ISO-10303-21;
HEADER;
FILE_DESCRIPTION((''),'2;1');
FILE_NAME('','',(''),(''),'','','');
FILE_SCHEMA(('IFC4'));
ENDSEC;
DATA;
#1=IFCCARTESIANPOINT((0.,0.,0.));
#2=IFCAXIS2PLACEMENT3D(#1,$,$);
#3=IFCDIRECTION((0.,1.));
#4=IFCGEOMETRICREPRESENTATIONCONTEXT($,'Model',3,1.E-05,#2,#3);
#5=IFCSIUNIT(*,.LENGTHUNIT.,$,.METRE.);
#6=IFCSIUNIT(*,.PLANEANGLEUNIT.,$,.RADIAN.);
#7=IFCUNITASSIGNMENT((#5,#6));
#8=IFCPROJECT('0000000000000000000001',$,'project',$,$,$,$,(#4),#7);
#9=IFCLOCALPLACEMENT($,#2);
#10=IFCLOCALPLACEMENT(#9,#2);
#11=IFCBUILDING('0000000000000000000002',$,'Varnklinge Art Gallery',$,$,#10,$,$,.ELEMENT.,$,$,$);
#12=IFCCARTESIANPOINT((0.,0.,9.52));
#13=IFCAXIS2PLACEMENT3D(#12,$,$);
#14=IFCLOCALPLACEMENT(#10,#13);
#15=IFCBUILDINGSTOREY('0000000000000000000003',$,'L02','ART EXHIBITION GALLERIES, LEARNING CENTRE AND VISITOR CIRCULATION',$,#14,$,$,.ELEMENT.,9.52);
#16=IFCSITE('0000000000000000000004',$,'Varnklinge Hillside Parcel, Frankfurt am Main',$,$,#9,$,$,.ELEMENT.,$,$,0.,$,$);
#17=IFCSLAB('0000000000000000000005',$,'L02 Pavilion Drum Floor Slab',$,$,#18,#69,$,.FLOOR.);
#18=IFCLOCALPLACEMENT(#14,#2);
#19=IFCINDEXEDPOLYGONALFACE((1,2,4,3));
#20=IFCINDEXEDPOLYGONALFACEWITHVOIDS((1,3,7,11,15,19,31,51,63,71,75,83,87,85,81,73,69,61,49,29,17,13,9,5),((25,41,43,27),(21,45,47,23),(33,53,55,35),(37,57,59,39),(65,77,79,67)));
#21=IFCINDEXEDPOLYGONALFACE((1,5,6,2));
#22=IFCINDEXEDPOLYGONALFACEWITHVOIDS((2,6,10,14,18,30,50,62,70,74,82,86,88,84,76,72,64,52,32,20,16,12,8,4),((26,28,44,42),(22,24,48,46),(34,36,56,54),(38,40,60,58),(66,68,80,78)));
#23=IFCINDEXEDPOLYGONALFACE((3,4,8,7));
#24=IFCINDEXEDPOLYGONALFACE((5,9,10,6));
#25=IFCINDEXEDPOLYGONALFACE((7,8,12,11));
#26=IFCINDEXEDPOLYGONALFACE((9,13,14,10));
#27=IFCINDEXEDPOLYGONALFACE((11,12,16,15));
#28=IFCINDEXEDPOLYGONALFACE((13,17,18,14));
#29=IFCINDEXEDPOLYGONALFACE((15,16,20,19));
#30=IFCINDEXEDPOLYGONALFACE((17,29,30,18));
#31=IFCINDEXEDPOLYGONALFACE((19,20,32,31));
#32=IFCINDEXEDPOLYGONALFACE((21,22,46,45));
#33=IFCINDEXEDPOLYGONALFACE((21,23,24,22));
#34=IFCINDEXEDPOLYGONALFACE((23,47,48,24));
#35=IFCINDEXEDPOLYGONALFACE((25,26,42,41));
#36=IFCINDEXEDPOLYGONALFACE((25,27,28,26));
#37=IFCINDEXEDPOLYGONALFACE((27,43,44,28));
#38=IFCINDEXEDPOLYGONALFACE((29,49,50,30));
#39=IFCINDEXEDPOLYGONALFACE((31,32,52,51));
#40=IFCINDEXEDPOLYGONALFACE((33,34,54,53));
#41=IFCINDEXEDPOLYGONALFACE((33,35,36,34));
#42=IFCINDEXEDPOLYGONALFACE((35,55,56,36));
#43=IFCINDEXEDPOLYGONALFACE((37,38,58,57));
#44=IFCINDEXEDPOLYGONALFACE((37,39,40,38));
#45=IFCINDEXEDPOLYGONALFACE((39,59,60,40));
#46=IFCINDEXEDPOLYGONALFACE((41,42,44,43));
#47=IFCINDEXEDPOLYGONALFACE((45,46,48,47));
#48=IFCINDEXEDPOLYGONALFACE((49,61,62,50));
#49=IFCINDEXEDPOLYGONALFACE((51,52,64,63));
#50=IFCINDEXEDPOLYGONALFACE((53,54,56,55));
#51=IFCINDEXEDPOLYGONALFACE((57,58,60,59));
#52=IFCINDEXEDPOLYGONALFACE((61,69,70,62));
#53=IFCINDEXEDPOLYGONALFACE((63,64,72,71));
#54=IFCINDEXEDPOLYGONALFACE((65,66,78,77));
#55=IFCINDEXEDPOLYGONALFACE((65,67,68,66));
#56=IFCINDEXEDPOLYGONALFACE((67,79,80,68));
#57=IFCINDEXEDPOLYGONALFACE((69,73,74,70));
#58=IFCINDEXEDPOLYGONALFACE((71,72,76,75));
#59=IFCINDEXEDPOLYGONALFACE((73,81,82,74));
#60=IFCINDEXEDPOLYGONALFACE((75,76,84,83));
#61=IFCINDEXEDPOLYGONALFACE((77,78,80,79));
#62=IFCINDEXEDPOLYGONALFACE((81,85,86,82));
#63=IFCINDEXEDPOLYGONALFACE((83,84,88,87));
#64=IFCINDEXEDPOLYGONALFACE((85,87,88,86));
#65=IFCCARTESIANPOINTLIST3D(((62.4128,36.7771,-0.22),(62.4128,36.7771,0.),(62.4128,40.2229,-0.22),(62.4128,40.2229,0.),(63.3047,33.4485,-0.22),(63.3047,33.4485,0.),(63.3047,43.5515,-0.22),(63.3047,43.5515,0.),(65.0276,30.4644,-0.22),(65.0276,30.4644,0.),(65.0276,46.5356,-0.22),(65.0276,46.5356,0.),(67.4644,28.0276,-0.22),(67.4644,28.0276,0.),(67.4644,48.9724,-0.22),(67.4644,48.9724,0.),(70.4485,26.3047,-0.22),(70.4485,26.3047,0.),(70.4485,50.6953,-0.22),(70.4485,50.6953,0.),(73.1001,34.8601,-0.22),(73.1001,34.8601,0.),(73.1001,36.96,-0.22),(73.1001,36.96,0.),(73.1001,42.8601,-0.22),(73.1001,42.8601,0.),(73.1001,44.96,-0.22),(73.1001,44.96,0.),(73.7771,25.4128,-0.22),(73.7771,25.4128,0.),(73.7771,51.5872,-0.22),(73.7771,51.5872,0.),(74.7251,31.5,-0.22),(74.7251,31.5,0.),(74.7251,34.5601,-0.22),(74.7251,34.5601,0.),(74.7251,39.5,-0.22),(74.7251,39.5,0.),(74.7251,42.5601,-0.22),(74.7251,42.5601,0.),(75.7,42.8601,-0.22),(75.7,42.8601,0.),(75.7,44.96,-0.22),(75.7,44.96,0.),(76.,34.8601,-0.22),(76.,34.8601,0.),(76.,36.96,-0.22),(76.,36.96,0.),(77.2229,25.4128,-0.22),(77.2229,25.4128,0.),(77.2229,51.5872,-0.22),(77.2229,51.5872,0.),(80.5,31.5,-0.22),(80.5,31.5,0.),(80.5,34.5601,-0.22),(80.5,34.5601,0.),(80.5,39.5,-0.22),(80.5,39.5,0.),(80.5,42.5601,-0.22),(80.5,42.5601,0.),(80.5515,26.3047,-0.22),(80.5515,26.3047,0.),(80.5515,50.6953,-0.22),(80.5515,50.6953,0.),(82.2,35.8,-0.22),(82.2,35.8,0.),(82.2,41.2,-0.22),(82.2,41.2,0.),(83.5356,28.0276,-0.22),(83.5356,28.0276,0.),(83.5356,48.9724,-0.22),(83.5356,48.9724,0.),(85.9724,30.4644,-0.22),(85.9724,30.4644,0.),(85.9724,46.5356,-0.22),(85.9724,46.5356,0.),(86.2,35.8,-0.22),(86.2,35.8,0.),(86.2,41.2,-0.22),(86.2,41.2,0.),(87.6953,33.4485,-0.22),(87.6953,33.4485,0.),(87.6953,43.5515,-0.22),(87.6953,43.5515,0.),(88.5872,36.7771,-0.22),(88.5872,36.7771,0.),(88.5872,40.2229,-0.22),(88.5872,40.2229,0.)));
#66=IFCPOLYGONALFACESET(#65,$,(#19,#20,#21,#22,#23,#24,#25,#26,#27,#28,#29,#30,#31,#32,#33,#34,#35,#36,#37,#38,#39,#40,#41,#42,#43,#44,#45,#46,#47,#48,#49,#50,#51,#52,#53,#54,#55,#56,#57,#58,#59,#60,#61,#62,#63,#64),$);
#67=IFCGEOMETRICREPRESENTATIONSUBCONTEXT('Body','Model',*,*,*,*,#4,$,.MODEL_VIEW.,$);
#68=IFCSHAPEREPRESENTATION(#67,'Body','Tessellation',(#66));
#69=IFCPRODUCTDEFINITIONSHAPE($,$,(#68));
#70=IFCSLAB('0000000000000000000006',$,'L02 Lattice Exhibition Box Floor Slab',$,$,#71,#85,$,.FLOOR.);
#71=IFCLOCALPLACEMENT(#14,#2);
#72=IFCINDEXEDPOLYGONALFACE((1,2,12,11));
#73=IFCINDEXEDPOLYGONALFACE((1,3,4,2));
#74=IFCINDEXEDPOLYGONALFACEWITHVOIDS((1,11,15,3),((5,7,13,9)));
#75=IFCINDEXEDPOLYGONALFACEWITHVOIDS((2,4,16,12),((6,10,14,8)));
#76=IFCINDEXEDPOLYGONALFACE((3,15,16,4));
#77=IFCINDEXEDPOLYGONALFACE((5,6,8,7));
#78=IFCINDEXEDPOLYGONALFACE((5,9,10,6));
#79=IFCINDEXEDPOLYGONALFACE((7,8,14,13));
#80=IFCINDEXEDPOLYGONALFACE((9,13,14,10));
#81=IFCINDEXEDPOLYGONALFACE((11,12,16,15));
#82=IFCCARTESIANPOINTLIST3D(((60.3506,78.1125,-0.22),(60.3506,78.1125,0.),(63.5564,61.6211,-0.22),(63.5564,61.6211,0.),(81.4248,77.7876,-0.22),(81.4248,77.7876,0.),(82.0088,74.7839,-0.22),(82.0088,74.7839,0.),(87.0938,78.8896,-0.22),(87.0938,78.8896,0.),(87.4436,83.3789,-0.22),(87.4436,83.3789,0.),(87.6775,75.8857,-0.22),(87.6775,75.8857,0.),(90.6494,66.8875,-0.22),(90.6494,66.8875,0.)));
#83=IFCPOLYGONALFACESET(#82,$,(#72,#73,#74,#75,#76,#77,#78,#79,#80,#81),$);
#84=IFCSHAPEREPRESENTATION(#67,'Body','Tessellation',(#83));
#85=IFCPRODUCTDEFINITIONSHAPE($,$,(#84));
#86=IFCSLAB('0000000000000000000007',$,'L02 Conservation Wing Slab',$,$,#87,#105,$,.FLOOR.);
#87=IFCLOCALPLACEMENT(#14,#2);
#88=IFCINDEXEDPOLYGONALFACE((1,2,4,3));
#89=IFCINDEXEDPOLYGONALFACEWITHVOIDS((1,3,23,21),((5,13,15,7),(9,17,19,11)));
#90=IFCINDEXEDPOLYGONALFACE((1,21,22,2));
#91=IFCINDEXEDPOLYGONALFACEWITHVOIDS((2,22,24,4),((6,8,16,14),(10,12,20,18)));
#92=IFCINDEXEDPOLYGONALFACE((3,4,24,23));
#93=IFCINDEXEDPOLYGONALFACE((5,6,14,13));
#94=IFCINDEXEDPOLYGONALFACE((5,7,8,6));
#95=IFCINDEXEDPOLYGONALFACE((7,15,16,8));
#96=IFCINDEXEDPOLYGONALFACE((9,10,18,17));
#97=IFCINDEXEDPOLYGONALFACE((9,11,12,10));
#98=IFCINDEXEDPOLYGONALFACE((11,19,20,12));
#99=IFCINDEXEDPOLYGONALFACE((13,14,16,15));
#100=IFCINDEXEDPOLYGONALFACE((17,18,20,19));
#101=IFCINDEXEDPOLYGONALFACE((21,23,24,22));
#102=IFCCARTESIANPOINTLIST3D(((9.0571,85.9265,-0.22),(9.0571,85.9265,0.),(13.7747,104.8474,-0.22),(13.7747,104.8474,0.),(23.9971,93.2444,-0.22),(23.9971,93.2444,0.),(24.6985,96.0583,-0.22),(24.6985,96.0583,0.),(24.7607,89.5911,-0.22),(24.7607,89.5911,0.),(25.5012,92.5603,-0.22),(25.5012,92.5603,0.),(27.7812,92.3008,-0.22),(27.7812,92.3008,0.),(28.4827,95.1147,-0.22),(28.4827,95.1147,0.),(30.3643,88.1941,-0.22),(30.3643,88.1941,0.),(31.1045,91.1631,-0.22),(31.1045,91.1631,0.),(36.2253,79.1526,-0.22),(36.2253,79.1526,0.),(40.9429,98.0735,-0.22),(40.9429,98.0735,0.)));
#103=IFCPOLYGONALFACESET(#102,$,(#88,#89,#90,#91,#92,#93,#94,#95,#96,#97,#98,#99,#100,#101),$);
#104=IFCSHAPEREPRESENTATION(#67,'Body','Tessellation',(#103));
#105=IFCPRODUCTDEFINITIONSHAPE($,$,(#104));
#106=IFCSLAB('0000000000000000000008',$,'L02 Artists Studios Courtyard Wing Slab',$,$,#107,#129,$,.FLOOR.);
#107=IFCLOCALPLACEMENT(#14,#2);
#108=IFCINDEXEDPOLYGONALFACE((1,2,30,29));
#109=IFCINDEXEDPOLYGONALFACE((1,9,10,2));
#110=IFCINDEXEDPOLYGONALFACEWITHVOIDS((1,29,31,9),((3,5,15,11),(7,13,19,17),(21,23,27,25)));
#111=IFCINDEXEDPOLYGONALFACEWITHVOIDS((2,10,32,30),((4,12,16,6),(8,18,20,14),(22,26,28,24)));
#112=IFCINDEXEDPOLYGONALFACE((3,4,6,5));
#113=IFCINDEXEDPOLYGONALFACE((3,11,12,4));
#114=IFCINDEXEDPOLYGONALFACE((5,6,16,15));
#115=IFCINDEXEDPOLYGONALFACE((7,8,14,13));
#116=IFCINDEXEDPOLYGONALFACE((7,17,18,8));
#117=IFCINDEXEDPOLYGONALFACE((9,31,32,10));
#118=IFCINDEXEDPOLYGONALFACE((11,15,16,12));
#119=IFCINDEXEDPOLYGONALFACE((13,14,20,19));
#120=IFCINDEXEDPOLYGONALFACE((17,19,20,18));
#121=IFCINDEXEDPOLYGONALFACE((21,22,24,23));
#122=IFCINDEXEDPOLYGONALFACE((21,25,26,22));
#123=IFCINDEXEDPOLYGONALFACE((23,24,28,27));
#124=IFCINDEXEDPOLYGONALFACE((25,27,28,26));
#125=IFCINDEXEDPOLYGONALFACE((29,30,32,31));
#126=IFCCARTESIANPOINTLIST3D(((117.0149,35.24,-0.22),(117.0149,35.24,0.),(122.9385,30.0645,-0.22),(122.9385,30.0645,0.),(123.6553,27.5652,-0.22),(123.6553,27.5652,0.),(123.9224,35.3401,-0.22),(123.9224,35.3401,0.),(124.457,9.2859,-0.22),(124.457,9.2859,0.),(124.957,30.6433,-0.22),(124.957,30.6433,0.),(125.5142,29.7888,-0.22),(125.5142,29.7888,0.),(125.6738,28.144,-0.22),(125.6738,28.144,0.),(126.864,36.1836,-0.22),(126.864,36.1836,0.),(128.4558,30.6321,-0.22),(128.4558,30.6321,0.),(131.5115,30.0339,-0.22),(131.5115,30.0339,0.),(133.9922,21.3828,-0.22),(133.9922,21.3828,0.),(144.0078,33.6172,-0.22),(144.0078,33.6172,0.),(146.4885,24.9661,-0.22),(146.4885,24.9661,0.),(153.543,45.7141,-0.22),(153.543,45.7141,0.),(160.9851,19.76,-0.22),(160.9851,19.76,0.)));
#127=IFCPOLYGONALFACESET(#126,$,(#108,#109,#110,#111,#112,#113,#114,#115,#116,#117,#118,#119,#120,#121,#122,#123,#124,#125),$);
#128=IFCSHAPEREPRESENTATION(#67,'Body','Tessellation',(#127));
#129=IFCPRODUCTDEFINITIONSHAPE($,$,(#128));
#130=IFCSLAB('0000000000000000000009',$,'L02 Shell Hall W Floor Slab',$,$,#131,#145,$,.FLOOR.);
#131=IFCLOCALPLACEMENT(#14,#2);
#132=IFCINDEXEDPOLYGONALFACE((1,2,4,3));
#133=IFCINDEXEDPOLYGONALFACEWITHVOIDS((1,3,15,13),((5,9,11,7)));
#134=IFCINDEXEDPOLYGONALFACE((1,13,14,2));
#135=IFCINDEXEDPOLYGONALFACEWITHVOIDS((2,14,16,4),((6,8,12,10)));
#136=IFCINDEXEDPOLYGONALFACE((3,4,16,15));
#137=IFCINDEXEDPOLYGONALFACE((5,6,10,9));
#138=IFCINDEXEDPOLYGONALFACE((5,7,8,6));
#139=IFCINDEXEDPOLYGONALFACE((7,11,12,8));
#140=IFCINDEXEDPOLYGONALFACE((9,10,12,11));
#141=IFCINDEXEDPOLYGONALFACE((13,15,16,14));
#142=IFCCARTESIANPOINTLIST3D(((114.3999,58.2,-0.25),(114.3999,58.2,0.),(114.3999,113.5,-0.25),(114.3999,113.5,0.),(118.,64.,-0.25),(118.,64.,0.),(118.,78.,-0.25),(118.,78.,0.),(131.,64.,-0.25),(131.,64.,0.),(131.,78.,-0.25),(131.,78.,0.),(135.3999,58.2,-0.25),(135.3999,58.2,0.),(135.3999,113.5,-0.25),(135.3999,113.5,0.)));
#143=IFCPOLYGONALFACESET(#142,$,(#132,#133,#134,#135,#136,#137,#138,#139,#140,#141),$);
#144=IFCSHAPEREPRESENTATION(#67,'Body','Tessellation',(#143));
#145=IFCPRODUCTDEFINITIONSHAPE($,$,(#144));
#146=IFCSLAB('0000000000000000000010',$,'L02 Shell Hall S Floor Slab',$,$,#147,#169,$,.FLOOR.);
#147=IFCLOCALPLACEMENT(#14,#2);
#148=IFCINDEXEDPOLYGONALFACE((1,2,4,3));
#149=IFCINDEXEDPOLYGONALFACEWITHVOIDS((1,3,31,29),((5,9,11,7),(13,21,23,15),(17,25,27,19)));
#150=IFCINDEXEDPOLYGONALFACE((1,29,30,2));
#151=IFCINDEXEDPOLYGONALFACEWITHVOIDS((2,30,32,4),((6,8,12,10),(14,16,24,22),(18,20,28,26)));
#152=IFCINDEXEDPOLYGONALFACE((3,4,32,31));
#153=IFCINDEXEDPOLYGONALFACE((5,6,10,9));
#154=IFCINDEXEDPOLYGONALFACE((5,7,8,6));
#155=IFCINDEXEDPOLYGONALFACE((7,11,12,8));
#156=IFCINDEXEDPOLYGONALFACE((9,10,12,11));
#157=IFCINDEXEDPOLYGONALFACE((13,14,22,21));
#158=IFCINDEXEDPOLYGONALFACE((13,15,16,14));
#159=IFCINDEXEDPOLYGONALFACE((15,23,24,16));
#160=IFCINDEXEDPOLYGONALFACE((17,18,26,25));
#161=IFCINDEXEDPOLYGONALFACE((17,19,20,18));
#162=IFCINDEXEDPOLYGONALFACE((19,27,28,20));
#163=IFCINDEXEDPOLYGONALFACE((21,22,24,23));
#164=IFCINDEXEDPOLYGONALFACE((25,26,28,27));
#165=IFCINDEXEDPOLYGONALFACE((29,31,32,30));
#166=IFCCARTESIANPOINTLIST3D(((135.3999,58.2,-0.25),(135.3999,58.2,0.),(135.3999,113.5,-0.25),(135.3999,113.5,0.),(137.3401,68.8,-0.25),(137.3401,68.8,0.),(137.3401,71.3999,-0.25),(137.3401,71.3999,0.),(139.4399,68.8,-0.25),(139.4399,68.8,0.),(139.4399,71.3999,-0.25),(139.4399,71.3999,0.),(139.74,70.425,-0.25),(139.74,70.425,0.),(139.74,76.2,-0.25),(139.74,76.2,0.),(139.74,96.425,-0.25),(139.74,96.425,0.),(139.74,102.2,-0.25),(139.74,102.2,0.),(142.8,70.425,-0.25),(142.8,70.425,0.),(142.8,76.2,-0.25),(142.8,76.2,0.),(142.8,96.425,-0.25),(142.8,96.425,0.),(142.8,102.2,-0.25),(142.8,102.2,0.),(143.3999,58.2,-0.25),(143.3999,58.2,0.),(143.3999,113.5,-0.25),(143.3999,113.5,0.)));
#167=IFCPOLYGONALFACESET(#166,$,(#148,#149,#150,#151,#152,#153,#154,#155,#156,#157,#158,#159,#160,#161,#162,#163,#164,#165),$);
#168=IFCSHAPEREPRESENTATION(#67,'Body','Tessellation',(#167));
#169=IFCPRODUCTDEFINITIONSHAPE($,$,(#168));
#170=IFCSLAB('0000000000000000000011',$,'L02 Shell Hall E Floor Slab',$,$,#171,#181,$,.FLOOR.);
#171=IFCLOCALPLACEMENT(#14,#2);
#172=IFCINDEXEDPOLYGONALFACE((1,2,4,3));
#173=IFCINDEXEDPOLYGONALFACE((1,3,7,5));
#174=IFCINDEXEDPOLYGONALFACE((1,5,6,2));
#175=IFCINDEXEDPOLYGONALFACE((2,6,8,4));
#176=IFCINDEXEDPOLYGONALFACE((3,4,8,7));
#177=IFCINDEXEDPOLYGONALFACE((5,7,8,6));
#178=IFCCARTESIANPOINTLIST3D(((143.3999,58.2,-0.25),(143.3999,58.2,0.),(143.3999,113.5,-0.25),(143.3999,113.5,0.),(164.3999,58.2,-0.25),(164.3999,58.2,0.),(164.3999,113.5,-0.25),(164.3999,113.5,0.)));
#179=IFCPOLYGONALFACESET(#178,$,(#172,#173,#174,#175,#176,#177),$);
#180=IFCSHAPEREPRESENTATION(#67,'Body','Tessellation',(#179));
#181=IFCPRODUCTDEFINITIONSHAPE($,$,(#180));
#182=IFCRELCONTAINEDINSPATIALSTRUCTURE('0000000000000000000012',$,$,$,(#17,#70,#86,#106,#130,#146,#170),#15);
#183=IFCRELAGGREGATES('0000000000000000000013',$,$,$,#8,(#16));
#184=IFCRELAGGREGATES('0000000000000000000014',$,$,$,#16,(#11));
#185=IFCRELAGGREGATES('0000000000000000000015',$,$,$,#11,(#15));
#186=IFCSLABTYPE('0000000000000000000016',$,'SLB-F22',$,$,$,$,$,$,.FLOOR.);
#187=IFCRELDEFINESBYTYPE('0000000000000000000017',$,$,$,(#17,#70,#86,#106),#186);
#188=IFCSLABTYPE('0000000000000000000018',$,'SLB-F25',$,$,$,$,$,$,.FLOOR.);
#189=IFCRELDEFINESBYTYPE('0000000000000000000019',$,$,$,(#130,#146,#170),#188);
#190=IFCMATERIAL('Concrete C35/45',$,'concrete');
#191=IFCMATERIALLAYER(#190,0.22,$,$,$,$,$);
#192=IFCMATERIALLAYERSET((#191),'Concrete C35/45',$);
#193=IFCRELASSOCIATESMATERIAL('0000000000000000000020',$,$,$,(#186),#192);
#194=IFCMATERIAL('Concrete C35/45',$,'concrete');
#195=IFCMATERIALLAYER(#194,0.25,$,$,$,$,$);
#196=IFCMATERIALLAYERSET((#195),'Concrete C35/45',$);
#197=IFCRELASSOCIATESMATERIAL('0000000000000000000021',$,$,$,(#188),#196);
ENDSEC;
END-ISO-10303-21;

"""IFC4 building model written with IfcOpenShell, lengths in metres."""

from ifc_helpers import new_model, si_unit, direction, frame, origin, place, context, subcontext, project, spatial, polyline, outline, extrude, material, layer, layer_set, type_object, element, save


model = new_model("IFC4")

# Units and contexts
model_context = context("Model", 3, precision=1e-05, world=origin(), true_north=direction((0.0, 1.0)))
body_context = subcontext(model_context, "Body", "Model", "MODEL_VIEW")
ifc_project = project(units=[si_unit("LENGTHUNIT", "METRE"), si_unit("PLANEANGLEUNIT", "RADIAN")], contexts=[model_context])

# Site, building, storey
site_placement = place(None, origin())
site = spatial("IfcSite", under=ifc_project, at=site_placement, Name="Varnklinge Hillside Parcel, Frankfurt am Main", CompositionType="ELEMENT", RefElevation=0.0)
building_placement = place(site_placement, origin())
building = spatial("IfcBuilding", under=site, at=building_placement, Name="Varnklinge Art Gallery", CompositionType="ELEMENT")
storey_placement = place(building_placement, frame((0.0, 0.0, 9.52)))
storey = spatial("IfcBuildingStorey", under=building, at=storey_placement, Name="L02", Description="ART EXHIBITION GALLERIES, LEARNING CENTRE AND VISITOR CIRCULATION", CompositionType="ELEMENT", Elevation=9.52)

# Slabs
ifc_material_1 = material(Name="Concrete C35/45", Category="concrete")
ifc_layer_1 = layer(ifc_material_1, 0.22)
ifc_layer_set_1 = layer_set([ifc_layer_1], Name="Concrete C35/45")
slab_type_1 = type_object("IfcSlabType", Name="SLB-F22", PredefinedType="FLOOR", material=ifc_layer_set_1)
slab_1_placement = place(storey_placement, frame((0.0, 0.0, -0.22)))
element("IfcSlab", 1, at=slab_1_placement, inside=storey, type_object=slab_type_1, Name="L02 Pavilion Drum Floor Slab", PredefinedType="FLOOR", context=body_context, shape_type="SweptSolid", body=[
    extrude(outline(polyline([(83.5356, 28.0276), (85.9724, 30.4644), (87.6953, 33.4485), (88.5872, 36.7771), (88.5872, 40.2229), (87.6953, 43.5515), (85.9724, 46.5356), (83.5356, 48.9724), (80.5515, 50.6953), (77.2229, 51.5872), (73.7771, 51.5872), (70.4485, 50.6953), (67.4644, 48.9724), (65.0276, 46.5356), (63.3047, 43.5515), (62.4128, 40.2229), (62.4128, 36.7771), (63.3047, 33.4485), (65.0276, 30.4644), (67.4644, 28.0276), (70.4485, 26.3047), (73.7771, 25.4128), (77.2229, 25.4128), (80.5515, 26.3047), (83.5356, 28.0276)]), holes=[polyline([(80.5, 31.5), (74.7251, 31.5), (74.7251, 34.5601), (80.5, 34.5601), (80.5, 31.5)]), polyline([(73.1001, 34.8601), (73.1001, 36.96), (76.0, 36.96), (76.0, 34.8601), (73.1001, 34.8601)]), polyline([(82.2, 41.2), (86.2, 41.2), (86.2, 35.8), (82.2, 35.8), (82.2, 41.2)]), polyline([(80.5, 39.5), (74.7251, 39.5), (74.7251, 42.5601), (80.5, 42.5601), (80.5, 39.5)]), polyline([(73.1001, 42.8601), (73.1001, 44.96), (75.7, 44.96), (75.7, 42.8601), (73.1001, 42.8601)])]), origin(), (0.0, 0.0, 1.0), 0.22),
])
slab_2_placement = place(storey_placement, frame((0.0, 0.0, -0.22)))
element("IfcSlab", 2, at=slab_2_placement, inside=storey, type_object=slab_type_1, Name="L02 Lattice Exhibition Box Floor Slab", PredefinedType="FLOOR", context=body_context, shape_type="SweptSolid", body=[
    extrude(outline(polyline([(63.5564, 61.6211), (90.6494, 66.8875), (87.4436, 83.3789), (60.3506, 78.1125), (63.5564, 61.6211)]), holes=[polyline([(81.4248, 77.7876), (87.0938, 78.8896), (87.6775, 75.8857), (82.0088, 74.7839), (81.4248, 77.7876)])]), origin(), (0.0, 0.0, 1.0), 0.22),
])
slab_3_placement = place(storey_placement, frame((0.0, 0.0, -0.22)))
element("IfcSlab", 3, at=slab_3_placement, inside=storey, type_object=slab_type_1, Name="L02 Conservation Wing Slab", PredefinedType="FLOOR", context=body_context, shape_type="SweptSolid", body=[
    extrude(outline(polyline([(13.7747, 104.8474), (9.0571, 85.9265), (36.2253, 79.1526), (40.9429, 98.0735), (13.7747, 104.8474)]), holes=[polyline([(25.5012, 92.5603), (31.1045, 91.1631), (30.3643, 88.1941), (24.7607, 89.5911), (25.5012, 92.5603)]), polyline([(28.4827, 95.1147), (27.7812, 92.3008), (23.9971, 93.2444), (24.6985, 96.0583), (28.4827, 95.1147)])]), origin(), (0.0, 0.0, 1.0), 0.22),
])
slab_4_placement = place(storey_placement, frame((0.0, 0.0, -0.22)))
element("IfcSlab", 4, at=slab_4_placement, inside=storey, type_object=slab_type_1, Name="L02 Artists Studios Courtyard Wing Slab", PredefinedType="FLOOR", context=body_context, shape_type="SweptSolid", body=[
    extrude(outline(polyline([(153.543, 45.7141), (117.0149, 35.24), (124.457, 9.2859), (160.9851, 19.76), (153.543, 45.7141)]), holes=[polyline([(133.9922, 21.3828), (131.5115, 30.0339), (144.0078, 33.6172), (146.4885, 24.9661), (133.9922, 21.3828)]), polyline([(122.9385, 30.0645), (124.957, 30.6433), (125.6738, 28.144), (123.6553, 27.5652), (122.9385, 30.0645)]), polyline([(126.864, 36.1836), (128.4558, 30.6321), (125.5142, 29.7888), (123.9224, 35.3401), (126.864, 36.1836)])]), origin(), (0.0, 0.0, 1.0), 0.22),
])
ifc_material_2 = material(Name="Concrete C35/45", Category="concrete")
ifc_layer_2 = layer(ifc_material_2, 0.25)
ifc_layer_set_2 = layer_set([ifc_layer_2], Name="Concrete C35/45")
slab_type_2 = type_object("IfcSlabType", Name="SLB-F25", PredefinedType="FLOOR", material=ifc_layer_set_2)
slab_5_placement = place(storey_placement, frame((0.0, 0.0, -0.25)))
element("IfcSlab", 5, at=slab_5_placement, inside=storey, type_object=slab_type_2, Name="L02 Shell Hall W Floor Slab", PredefinedType="FLOOR", context=body_context, shape_type="SweptSolid", body=[
    extrude(outline(polyline([(114.3999, 58.2), (135.3999, 58.2), (135.3999, 113.5), (114.3999, 113.5), (114.3999, 58.2)]), holes=[polyline([(118.0, 78.0), (131.0, 78.0), (131.0, 64.0), (118.0, 64.0), (118.0, 78.0)])]), origin(), (0.0, 0.0, 1.0), 0.25),
])
slab_6_placement = place(storey_placement, frame((0.0, 0.0, -0.25)))
element("IfcSlab", 6, at=slab_6_placement, inside=storey, type_object=slab_type_2, Name="L02 Shell Hall S Floor Slab", PredefinedType="FLOOR", context=body_context, shape_type="SweptSolid", body=[
    extrude(outline(polyline([(143.3999, 113.5), (135.3999, 113.5), (135.3999, 58.2), (143.3999, 58.2), (143.3999, 113.5)]), holes=[polyline([(139.4399, 68.8), (137.3401, 68.8), (137.3401, 71.3999), (139.4399, 71.3999), (139.4399, 68.8)]), polyline([(139.74, 76.2), (142.8, 76.2), (142.8, 70.425), (139.74, 70.425), (139.74, 76.2)]), polyline([(142.8, 102.2), (142.8, 96.425), (139.74, 96.425), (139.74, 102.2), (142.8, 102.2)])]), origin(), (0.0, 0.0, 1.0), 0.25),
])
slab_7_placement = place(storey_placement, frame((0.0, 0.0, -0.25)))
element("IfcSlab", 7, at=slab_7_placement, inside=storey, type_object=slab_type_2, Name="L02 Shell Hall E Floor Slab", PredefinedType="FLOOR", context=body_context, shape_type="SweptSolid", body=[
    extrude(outline(polyline([(164.3999, 58.2), (164.3999, 113.5), (143.3999, 113.5), (143.3999, 58.2), (164.3999, 58.2)])), origin(), (0.0, 0.0, 1.0), 0.25),
])

save(model, "model.ifc")
